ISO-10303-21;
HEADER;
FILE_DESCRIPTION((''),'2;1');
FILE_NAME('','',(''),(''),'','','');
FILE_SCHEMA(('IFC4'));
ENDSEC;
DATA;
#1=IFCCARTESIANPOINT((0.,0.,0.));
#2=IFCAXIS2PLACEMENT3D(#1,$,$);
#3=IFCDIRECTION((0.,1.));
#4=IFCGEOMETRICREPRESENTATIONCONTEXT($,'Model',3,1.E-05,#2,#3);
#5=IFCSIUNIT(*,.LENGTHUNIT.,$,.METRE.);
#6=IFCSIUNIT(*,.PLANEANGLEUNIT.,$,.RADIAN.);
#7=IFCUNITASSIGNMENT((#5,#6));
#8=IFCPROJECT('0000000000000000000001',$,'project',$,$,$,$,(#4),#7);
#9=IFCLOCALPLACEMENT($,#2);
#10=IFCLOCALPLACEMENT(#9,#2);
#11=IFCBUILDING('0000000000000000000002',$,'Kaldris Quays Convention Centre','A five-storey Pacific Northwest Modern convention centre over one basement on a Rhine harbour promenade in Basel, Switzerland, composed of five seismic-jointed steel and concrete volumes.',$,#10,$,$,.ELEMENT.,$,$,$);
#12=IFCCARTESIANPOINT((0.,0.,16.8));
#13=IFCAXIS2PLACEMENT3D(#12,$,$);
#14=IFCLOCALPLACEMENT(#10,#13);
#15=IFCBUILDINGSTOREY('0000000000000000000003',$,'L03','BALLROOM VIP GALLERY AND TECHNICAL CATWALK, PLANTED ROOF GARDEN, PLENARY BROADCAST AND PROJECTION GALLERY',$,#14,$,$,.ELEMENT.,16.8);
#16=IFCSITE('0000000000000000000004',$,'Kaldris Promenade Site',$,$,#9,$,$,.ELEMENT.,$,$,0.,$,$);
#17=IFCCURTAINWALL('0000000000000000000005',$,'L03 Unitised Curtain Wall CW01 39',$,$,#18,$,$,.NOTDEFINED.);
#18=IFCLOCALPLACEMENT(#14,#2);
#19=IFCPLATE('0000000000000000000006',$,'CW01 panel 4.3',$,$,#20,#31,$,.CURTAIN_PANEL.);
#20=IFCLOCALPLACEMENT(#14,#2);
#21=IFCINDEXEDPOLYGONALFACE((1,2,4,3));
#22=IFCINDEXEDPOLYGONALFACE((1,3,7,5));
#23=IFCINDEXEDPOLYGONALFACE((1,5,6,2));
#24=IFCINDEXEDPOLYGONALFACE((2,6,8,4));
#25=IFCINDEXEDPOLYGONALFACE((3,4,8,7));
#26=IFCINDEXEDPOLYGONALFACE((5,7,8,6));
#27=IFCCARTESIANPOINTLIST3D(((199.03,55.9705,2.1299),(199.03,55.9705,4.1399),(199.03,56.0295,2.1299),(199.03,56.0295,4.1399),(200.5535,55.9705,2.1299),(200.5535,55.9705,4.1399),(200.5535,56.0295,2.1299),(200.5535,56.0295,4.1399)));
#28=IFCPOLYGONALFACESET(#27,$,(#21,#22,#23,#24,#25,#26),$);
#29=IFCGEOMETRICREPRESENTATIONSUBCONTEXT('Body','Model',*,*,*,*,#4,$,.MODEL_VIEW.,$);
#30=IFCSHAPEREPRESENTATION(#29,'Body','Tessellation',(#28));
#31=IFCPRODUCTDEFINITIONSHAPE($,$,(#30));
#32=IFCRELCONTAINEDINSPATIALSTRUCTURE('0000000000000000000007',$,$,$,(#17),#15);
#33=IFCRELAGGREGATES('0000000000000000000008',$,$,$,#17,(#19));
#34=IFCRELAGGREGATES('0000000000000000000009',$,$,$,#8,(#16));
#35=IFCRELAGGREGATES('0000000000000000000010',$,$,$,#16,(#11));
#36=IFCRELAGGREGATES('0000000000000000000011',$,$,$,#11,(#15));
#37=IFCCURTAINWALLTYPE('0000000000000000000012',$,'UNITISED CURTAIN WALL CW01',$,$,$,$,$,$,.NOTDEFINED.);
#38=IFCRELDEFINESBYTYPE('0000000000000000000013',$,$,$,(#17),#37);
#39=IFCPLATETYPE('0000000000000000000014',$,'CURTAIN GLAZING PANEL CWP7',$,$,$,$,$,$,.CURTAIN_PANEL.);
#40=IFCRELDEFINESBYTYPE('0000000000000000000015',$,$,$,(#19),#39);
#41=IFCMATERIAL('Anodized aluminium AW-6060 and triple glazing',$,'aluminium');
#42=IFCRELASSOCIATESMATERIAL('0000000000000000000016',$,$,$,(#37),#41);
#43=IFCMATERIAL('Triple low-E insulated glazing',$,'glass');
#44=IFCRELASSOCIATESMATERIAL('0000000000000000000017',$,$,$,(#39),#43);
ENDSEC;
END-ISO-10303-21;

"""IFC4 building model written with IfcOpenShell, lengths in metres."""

from ifc_helpers import new_model, si_unit, direction, frame, origin, origin_2d, place, context, subcontext, project, spatial, rectangle, extrude, material, type_object, element, aggregate, save


model = new_model("IFC4")

# Units and contexts
model_context = context("Model", 3, precision=1e-05, world=origin(), true_north=direction((0.0, 1.0)))
body_context = subcontext(model_context, "Body", "Model", "MODEL_VIEW")
ifc_project = project(units=[si_unit("LENGTHUNIT", "METRE"), si_unit("PLANEANGLEUNIT", "RADIAN")], contexts=[model_context])

# Site, building, storey
site_placement = place(None, origin())
site = spatial("IfcSite", under=ifc_project, at=site_placement, Name="Kaldris Promenade Site", CompositionType="ELEMENT", RefElevation=0.0)
building_placement = place(site_placement, origin())
building = spatial("IfcBuilding", under=site, at=building_placement, Name="Kaldris Quays Convention Centre", Description="A five-storey Pacific Northwest Modern convention centre over one basement on a Rhine harbour promenade in Basel, Switzerland, composed of five seismic-jointed steel and concrete volumes.", CompositionType="ELEMENT")
storey_placement = place(building_placement, frame((0.0, 0.0, 16.8)))
storey = spatial("IfcBuildingStorey", under=building, at=storey_placement, Name="L03", Description="BALLROOM VIP GALLERY AND TECHNICAL CATWALK, PLANTED ROOF GARDEN, PLENARY BROADCAST AND PROJECTION GALLERY", CompositionType="ELEMENT", Elevation=16.8)

# Curtain wall, plate
ifc_material_1 = material(Name="Anodized aluminium AW-6060 and triple glazing", Category="aluminium")
curtain_wall_type = type_object("IfcCurtainWallType", Name="UNITISED CURTAIN WALL CW01", PredefinedType="NOTDEFINED", material=ifc_material_1)
curtain_wall_placement = place(storey_placement, origin())
curtain_wall = element("IfcCurtainWall", 1, at=curtain_wall_placement, inside=storey, type_object=curtain_wall_type, Name="L03 Unitised Curtain Wall CW01 39", PredefinedType="NOTDEFINED")
ifc_material_2 = material(Name="Triple low-E insulated glazing", Category="glass")
plate_type = type_object("IfcPlateType", Name="CURTAIN GLAZING PANEL CWP7", PredefinedType="CURTAIN_PANEL", material=ifc_material_2)
plate_1_placement = place(storey_placement, frame((199.7917, 56.0, 2.1299), z_axis=(0.0, 0.0, 1.0), x_axis=(1.0, 0.0, 0.0)))
plate_1 = element("IfcPlate", 2, at=plate_1_placement, type_object=plate_type, Name="CW01 panel 4.3", PredefinedType="CURTAIN_PANEL", context=body_context, shape_type="SweptSolid", body=[
    extrude(rectangle(XDim=1.5234, YDim=0.0591, at=origin_2d()), origin(), (0.0, 0.0, 1.0), 2.01),
])
aggregate(curtain_wall, [plate_1])

save(model, "model.ifc")
